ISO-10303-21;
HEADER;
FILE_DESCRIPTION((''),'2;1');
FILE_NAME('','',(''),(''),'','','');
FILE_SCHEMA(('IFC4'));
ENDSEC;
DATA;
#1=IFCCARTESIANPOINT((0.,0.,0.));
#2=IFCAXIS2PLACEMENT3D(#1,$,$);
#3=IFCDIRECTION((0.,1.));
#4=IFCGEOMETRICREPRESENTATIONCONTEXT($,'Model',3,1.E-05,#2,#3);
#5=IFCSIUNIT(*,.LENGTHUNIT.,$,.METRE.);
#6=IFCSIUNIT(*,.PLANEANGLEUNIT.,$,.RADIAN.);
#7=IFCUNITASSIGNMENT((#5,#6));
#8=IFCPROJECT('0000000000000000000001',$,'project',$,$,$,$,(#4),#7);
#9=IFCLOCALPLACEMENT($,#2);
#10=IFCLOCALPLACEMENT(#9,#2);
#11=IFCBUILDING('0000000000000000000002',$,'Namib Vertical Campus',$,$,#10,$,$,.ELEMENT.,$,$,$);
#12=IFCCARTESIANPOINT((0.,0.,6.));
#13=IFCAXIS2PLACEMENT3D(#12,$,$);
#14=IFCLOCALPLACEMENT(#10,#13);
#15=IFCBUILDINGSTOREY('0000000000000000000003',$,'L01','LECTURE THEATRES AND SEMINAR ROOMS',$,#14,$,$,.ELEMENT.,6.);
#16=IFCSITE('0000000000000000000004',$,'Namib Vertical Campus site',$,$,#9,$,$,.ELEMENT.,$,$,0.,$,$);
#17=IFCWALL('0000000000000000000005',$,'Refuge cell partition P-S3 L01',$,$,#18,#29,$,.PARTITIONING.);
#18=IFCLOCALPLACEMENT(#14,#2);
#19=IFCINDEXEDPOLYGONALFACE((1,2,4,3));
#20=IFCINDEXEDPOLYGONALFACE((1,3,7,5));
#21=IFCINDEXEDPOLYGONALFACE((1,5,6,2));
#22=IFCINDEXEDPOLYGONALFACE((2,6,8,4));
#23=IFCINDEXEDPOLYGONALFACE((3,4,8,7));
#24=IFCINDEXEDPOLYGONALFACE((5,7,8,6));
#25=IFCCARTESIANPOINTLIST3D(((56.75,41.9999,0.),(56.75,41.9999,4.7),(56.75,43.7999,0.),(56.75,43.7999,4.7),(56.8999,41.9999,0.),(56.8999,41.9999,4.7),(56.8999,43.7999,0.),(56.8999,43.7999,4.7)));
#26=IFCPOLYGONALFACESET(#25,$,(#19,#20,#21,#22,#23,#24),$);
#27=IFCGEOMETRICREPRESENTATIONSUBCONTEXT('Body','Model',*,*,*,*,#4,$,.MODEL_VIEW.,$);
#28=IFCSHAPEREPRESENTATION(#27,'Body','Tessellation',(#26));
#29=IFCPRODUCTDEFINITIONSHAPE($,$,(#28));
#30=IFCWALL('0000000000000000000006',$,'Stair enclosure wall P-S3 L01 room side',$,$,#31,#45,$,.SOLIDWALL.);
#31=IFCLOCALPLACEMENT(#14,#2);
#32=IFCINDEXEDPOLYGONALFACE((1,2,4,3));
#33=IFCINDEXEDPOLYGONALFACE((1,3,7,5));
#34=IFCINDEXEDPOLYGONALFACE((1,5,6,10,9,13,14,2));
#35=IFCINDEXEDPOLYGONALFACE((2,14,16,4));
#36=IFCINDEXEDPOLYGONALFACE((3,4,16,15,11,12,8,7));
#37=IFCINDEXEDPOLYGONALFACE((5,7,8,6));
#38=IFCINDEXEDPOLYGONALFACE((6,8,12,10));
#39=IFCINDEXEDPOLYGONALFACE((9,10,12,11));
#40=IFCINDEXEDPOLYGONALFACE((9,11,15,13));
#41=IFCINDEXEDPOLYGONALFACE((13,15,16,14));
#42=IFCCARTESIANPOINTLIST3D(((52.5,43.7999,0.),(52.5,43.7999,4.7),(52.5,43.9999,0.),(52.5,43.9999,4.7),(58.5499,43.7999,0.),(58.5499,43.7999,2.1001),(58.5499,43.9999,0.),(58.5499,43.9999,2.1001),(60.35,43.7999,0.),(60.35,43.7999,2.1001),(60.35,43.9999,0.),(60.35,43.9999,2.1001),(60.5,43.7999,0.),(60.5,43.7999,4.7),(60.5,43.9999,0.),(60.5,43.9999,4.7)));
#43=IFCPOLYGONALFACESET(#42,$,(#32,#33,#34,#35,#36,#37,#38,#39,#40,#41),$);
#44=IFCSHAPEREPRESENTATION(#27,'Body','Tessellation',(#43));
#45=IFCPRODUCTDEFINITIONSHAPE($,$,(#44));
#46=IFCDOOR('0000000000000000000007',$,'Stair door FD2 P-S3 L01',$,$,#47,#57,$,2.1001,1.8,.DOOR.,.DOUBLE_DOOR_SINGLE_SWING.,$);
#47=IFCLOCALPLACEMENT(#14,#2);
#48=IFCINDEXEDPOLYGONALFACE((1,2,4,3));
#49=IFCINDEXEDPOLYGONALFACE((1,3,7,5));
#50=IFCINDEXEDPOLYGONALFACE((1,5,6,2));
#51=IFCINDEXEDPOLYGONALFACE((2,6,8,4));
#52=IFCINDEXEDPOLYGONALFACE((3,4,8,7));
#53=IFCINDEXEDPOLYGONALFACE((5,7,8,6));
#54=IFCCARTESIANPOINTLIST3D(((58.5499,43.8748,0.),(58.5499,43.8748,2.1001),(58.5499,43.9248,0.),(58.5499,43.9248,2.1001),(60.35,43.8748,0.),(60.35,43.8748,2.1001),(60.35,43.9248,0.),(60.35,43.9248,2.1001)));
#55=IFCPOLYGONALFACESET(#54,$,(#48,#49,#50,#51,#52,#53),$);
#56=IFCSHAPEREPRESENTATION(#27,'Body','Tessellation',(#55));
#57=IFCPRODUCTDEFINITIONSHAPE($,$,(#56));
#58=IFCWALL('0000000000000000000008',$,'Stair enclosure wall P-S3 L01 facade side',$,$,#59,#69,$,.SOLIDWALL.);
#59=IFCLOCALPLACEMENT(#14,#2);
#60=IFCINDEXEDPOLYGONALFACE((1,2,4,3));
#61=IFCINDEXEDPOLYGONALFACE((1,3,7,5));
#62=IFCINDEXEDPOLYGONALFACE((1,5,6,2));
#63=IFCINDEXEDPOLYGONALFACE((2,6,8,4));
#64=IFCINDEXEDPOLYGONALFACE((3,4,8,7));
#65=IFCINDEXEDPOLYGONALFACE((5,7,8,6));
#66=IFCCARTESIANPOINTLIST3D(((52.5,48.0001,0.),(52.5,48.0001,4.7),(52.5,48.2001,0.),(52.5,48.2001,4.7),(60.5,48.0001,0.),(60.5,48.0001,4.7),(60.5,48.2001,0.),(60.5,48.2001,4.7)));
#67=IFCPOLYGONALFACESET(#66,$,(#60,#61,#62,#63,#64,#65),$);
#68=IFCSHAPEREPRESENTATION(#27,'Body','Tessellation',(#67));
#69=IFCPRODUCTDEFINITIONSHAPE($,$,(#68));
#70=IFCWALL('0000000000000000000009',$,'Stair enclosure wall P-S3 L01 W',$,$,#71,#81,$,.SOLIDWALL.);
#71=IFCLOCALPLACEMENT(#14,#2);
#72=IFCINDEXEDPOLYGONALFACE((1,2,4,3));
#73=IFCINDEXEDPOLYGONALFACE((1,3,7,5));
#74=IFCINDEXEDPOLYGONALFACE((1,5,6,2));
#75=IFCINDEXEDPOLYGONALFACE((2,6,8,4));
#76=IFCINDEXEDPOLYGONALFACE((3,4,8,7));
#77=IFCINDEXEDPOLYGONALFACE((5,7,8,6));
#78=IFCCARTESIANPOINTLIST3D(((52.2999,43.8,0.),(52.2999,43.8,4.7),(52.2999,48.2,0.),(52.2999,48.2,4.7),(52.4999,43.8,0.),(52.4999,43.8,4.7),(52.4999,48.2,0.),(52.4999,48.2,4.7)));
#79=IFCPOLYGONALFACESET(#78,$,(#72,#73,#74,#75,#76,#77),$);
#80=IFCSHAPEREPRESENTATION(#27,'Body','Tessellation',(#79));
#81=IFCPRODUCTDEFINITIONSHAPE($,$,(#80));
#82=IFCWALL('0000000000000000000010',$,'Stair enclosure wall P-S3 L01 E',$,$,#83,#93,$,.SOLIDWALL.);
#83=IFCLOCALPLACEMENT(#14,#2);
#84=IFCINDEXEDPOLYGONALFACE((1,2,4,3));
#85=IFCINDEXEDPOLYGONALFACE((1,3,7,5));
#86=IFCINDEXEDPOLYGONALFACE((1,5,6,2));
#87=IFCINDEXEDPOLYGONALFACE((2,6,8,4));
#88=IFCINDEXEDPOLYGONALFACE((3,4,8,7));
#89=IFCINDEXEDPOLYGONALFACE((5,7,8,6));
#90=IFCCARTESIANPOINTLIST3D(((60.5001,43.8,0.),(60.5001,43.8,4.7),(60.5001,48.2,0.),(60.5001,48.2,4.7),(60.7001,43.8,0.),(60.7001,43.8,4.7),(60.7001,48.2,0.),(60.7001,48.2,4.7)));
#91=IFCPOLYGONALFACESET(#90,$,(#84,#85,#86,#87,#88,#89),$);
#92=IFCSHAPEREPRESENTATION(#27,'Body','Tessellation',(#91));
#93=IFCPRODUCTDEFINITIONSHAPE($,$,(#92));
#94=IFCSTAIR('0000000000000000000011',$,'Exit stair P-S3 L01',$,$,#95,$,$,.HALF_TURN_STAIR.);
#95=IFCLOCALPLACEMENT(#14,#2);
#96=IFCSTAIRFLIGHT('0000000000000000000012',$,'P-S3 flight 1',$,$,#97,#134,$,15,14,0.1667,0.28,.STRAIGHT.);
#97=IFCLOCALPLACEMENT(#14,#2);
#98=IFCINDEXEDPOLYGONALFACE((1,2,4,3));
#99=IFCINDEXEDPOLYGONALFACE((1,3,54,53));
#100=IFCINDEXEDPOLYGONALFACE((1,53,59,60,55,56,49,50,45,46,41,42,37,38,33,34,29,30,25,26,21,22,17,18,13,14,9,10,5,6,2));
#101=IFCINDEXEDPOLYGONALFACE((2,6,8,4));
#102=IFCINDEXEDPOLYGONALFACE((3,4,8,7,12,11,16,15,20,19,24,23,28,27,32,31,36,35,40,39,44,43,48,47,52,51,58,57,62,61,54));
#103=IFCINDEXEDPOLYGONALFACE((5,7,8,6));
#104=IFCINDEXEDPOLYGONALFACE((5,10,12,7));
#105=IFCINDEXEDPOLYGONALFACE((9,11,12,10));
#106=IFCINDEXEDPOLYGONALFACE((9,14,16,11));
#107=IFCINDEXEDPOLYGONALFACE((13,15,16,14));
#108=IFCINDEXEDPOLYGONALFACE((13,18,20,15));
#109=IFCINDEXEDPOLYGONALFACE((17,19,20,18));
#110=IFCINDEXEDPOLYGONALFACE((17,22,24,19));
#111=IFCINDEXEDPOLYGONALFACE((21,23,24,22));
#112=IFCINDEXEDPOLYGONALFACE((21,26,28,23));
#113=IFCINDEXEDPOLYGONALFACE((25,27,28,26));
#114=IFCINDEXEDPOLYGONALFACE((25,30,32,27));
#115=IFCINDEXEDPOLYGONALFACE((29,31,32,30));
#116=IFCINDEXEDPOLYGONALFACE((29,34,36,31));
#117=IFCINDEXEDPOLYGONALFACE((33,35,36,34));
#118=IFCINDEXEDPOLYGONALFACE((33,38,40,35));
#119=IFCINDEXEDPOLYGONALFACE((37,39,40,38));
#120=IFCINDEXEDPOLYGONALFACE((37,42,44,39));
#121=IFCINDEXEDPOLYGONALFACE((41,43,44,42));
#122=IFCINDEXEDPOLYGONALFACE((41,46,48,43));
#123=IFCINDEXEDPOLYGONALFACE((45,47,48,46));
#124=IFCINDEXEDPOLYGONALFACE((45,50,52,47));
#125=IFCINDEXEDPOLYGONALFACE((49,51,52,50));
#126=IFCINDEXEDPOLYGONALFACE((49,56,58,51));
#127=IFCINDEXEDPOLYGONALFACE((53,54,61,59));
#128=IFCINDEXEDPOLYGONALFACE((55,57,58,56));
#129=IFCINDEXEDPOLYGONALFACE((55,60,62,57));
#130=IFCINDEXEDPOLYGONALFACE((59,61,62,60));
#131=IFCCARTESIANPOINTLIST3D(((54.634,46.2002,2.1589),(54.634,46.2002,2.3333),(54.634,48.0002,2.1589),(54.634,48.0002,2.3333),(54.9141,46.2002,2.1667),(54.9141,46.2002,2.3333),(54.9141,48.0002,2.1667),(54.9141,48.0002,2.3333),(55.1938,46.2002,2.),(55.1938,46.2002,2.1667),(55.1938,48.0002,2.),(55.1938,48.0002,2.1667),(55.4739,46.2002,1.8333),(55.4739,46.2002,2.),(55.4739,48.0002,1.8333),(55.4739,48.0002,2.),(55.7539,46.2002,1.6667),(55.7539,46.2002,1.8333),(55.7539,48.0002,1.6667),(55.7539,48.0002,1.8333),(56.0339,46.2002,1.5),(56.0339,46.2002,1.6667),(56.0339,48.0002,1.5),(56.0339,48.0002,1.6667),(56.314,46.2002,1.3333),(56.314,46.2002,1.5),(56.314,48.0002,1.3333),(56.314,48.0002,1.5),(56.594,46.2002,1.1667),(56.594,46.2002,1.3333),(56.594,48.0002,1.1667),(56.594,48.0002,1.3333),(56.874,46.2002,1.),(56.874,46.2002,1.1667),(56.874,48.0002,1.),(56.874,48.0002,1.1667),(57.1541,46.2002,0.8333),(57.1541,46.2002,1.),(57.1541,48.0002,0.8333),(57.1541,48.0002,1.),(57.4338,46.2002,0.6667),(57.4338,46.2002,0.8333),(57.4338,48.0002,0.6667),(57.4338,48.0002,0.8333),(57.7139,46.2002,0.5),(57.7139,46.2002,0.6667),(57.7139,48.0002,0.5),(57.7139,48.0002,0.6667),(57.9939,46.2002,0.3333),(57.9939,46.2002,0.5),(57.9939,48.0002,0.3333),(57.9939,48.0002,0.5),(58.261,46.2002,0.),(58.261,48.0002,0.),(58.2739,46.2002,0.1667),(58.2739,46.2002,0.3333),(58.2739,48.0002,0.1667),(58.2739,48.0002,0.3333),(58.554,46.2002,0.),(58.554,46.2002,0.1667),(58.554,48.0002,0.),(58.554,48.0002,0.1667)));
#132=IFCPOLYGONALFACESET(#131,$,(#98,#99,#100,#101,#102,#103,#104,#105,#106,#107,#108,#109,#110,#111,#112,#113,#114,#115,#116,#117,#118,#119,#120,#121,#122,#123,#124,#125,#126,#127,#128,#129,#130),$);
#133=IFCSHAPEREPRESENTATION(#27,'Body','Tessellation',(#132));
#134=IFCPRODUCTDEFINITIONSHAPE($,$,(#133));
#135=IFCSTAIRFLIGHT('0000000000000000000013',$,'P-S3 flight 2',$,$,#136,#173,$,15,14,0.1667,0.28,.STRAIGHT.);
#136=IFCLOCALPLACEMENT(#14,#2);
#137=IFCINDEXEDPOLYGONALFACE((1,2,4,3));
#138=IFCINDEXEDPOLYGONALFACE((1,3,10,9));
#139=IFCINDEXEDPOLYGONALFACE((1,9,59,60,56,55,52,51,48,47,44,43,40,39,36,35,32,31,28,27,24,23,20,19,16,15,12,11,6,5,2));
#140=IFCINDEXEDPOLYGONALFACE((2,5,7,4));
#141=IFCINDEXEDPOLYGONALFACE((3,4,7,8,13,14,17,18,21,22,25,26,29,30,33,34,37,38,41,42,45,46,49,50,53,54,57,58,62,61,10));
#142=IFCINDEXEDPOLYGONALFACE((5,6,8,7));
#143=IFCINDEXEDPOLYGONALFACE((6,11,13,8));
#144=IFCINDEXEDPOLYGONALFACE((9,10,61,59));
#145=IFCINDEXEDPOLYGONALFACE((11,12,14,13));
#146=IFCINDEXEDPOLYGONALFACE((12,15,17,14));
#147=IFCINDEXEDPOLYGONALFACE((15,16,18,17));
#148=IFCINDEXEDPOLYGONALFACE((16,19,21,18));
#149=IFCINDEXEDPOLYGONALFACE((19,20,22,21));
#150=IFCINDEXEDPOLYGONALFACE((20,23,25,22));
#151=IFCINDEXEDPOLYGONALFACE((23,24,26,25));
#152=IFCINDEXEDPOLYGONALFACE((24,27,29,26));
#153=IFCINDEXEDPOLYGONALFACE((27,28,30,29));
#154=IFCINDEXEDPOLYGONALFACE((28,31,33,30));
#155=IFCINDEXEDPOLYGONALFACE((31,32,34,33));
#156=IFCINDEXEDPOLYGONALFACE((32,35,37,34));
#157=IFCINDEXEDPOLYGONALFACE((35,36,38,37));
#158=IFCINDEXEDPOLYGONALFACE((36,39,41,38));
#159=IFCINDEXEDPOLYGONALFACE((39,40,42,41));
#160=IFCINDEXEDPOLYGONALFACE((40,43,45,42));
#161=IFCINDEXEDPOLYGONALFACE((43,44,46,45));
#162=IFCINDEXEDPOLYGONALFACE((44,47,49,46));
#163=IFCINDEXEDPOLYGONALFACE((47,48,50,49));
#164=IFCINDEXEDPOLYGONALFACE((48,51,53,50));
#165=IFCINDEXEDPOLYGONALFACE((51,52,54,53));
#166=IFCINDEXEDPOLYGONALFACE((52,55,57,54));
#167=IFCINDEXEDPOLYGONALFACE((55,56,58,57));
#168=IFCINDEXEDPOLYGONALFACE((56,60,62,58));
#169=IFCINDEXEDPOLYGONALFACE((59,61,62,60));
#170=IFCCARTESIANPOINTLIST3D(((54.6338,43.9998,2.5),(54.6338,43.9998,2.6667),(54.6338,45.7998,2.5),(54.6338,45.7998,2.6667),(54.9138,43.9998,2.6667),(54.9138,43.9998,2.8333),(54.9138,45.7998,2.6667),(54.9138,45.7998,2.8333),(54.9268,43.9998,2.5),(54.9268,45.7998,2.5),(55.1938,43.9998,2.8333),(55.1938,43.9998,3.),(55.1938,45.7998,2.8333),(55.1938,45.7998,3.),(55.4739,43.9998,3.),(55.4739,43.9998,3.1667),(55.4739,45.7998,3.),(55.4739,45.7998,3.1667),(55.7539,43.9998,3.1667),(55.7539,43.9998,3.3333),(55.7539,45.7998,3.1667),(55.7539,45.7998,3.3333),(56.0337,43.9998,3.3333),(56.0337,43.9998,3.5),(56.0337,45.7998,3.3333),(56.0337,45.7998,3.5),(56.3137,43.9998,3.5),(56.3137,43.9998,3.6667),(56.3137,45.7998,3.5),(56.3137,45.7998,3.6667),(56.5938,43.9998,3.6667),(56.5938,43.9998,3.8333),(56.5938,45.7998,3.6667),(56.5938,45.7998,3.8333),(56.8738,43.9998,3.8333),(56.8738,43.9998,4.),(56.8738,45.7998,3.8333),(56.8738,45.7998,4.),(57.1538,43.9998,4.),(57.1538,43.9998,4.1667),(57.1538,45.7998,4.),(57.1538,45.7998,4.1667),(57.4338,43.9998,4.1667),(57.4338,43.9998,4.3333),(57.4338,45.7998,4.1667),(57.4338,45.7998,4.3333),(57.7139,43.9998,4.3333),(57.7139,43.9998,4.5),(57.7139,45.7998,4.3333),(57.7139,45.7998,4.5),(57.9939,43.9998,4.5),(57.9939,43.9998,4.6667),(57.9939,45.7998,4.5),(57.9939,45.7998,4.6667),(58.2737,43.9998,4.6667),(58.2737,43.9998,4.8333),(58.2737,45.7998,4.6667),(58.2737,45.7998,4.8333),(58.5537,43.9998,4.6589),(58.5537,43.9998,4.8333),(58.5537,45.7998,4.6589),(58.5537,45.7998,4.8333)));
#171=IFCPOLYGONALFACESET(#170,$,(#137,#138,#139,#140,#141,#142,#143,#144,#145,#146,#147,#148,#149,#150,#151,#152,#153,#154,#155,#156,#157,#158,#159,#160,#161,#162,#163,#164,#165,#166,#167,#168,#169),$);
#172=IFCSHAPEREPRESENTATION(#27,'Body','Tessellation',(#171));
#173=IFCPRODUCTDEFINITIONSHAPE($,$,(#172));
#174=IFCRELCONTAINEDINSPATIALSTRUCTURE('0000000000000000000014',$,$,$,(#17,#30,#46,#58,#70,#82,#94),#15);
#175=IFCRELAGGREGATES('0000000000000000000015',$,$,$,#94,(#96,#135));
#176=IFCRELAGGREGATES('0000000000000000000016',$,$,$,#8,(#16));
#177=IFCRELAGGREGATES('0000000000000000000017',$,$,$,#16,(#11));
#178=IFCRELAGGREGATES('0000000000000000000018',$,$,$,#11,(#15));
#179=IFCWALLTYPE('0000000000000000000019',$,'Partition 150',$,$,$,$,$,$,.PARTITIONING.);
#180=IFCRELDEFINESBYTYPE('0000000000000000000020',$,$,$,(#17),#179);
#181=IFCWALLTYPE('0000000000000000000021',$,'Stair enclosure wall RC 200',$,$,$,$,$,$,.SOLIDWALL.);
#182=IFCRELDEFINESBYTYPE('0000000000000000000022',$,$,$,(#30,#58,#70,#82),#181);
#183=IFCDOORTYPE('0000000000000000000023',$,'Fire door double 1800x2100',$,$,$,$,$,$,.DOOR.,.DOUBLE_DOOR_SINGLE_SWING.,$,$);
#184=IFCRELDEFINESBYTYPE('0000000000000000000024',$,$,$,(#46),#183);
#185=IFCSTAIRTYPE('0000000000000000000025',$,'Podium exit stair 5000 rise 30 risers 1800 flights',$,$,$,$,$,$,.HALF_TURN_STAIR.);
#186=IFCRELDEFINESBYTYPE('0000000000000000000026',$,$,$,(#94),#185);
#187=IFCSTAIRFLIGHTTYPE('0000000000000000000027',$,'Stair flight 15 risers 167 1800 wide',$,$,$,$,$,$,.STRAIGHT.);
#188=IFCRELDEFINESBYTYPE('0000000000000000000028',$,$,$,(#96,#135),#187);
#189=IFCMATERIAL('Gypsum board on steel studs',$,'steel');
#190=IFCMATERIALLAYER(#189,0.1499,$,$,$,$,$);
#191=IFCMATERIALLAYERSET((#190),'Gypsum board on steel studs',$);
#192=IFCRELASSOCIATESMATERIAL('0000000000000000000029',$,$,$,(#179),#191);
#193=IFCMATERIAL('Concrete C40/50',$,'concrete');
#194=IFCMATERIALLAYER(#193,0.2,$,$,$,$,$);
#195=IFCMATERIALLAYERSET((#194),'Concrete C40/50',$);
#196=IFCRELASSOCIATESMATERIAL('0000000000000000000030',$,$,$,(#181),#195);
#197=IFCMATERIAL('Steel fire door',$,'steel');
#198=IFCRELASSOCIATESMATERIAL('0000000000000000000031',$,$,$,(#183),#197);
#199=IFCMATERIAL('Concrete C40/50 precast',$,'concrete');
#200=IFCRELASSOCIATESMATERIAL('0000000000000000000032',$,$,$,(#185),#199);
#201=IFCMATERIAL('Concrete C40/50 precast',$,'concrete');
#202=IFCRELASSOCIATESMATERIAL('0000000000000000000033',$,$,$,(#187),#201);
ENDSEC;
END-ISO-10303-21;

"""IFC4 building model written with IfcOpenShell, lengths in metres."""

from ifc_helpers import new_model, si_unit, direction, frame, frame_2d, origin, place, context, subcontext, project, spatial, polyline, rectangle, outline, extrude, material, layer, layer_set, type_object, element, fill, aggregate, save


model = new_model("IFC4")

# Units and contexts
model_context = context("Model", 3, precision=1e-05, world=origin(), true_north=direction((0.0, 1.0)))
body_context = subcontext(model_context, "Body", "Model", "MODEL_VIEW")
ifc_project = project(units=[si_unit("LENGTHUNIT", "METRE"), si_unit("PLANEANGLEUNIT", "RADIAN")], contexts=[model_context])

# Site, building, storey
site_placement = place(None, origin())
site = spatial("IfcSite", under=ifc_project, at=site_placement, Name="Namib Vertical Campus site", CompositionType="ELEMENT", RefElevation=0.0)
building_placement = place(site_placement, origin())
building = spatial("IfcBuilding", under=site, at=building_placement, Name="Namib Vertical Campus", CompositionType="ELEMENT")
storey_placement = place(building_placement, frame((0.0, 0.0, 6.0)))
storey = spatial("IfcBuildingStorey", under=building, at=storey_placement, Name="L01", Description="LECTURE THEATRES AND SEMINAR ROOMS", CompositionType="ELEMENT", Elevation=6.0)

# Shared definitions
ifc_material_1 = material(Name="Gypsum board on steel studs", Category="steel")
ifc_layer_1 = layer(ifc_material_1, 0.1499)
ifc_layer_set_1 = layer_set([ifc_layer_1], Name="Gypsum board on steel studs")
wall_type_1 = type_object("IfcWallType", Name="Partition 150", PredefinedType="PARTITIONING", material=ifc_layer_set_1)

# Wall
wall_1_placement = place(storey_placement, frame((56.825, 42.0, 0.0), z_axis=(0.0, 0.0, 1.0), x_axis=(0.0, 1.0, 0.0)))
element("IfcWall", 1, at=wall_1_placement, inside=storey, type_object=wall_type_1, Name="Refuge cell partition P-S3 L01", PredefinedType="PARTITIONING", context=body_context, shape_type="SweptSolid", body=[
    extrude(rectangle(XDim=1.8, YDim=0.1499, at=frame_2d((0.8999, 0.0))), origin(), (0.0, 0.0, 1.0), 4.7),
])

# Wall, opening, door
ifc_material_2 = material(Name="Concrete C40/50", Category="concrete")
ifc_layer_2 = layer(ifc_material_2, 0.2)
ifc_layer_set_2 = layer_set([ifc_layer_2], Name="Concrete C40/50")
wall_type_2 = type_object("IfcWallType", Name="Stair enclosure wall RC 200", PredefinedType="SOLIDWALL", material=ifc_layer_set_2)
wall_2_placement = place(storey_placement, frame((52.5, 43.8999, 0.0), z_axis=(0.0, 0.0, 1.0), x_axis=(1.0, 0.0, 0.0)))
wall_2 = element("IfcWall", 2, at=wall_2_placement, inside=storey, type_object=wall_type_2, Name="Stair enclosure wall P-S3 L01 room side", PredefinedType="SOLIDWALL", context=body_context, shape_type="SweptSolid", body=[
    extrude(rectangle(XDim=8.0, YDim=0.2, at=frame_2d((4.0, 0.0))), origin(), (0.0, 0.0, 1.0), 4.7),
])
opening_1_placement = place(wall_2_placement, frame((6.05, 0.0, 0.0)))
opening_1 = element("IfcOpeningElement", 3, at=opening_1_placement, cuts=wall_2, PredefinedType="OPENING", context=body_context, shape_type="SweptSolid", body=[
    extrude(rectangle(XDim=1.8, YDim=2.1001, at=frame_2d((0.8999, 1.05))), frame((0.0, 0.1099, 0.0), z_axis=(0.0, -1.0, 0.0), x_axis=(1.0, 0.0, 0.0)), (0.0, 0.0, 1.0), 0.22),
])
ifc_material_3 = material(Name="Steel fire door", Category="steel")
door_type_1 = type_object("IfcDoorType", Name="Fire door double 1800x2100", OperationType="DOUBLE_DOOR_SINGLE_SWING", PredefinedType="DOOR", material=ifc_material_3)
door_1_placement = place(opening_1_placement, origin())
door_1 = element("IfcDoor", 4, at=door_1_placement, inside=storey, type_object=door_type_1, Name="Stair door FD2 P-S3 L01", OperationType="DOUBLE_DOOR_SINGLE_SWING", OverallHeight=2.1001, OverallWidth=1.8, PredefinedType="DOOR", context=body_context, shape_type="SweptSolid", body=[
    extrude(rectangle(XDim=1.8, YDim=2.1001, at=frame_2d((0.8999, 1.05))), frame((0.0, 0.0249, 0.0), z_axis=(0.0, -1.0, 0.0), x_axis=(1.0, 0.0, 0.0)), (0.0, 0.0, 1.0), 0.05),
])
fill(opening_1, door_1)

# Walls
wall_3_placement = place(storey_placement, frame((52.5, 48.1001, 0.0), z_axis=(0.0, 0.0, 1.0), x_axis=(1.0, 0.0, 0.0)))
element("IfcWall", 5, at=wall_3_placement, inside=storey, type_object=wall_type_2, Name="Stair enclosure wall P-S3 L01 facade side", PredefinedType="SOLIDWALL", context=body_context, shape_type="SweptSolid", body=[
    extrude(rectangle(XDim=8.0, YDim=0.2, at=frame_2d((4.0, 0.0))), origin(), (0.0, 0.0, 1.0), 4.7),
])
for number, where, z_axis, x_axis, name in (
    (6, (52.3999, 43.8, 0.0), (0.0, 0.0, 1.0), (0.0, 1.0, 0.0), "Stair enclosure wall P-S3 L01 W"),
    (7, (60.6001, 43.8, 0.0), (0.0, 0.0, 1.0), (0.0, 1.0, 0.0), "Stair enclosure wall P-S3 L01 E"),
):
    element("IfcWall", number, at=place(storey_placement, frame(where, z_axis=z_axis, x_axis=x_axis)), inside=storey, type_object=wall_type_2, Name=name, PredefinedType="SOLIDWALL", context=body_context, shape_type="SweptSolid", body=[
        extrude(rectangle(XDim=4.3999, YDim=0.2, at=frame_2d((2.2, 0.0))), origin(), (0.0, 0.0, 1.0), 4.7),
    ])

# Stair, stair flights
ifc_material_4 = material(Name="Concrete C40/50 precast", Category="concrete")
stair_type = type_object("IfcStairType", Name="Podium exit stair 5000 rise 30 risers 1800 flights", PredefinedType="HALF_TURN_STAIR", material=ifc_material_4)
stair_placement = place(storey_placement, origin())
stair = element("IfcStair", 8, at=stair_placement, inside=storey, type_object=stair_type, Name="Exit stair P-S3 L01", PredefinedType="HALF_TURN_STAIR")
ifc_material_5 = material(Name="Concrete C40/50 precast", Category="concrete")
stair_flight_type = type_object("IfcStairFlightType", Name="Stair flight 15 risers 167 1800 wide", PredefinedType="STRAIGHT", material=ifc_material_5)
stair_flight_1_placement = place(storey_placement, frame((58.554, 47.1001, 0.0), z_axis=(0.0, 0.0, 1.0), x_axis=(-1.0, 0.0, 0.0)))
stair_flight_1 = element("IfcStairFlight", 9, at=stair_flight_1_placement, type_object=stair_flight_type, Name="P-S3 flight 1", NumberOfRisers=15, NumberOfTreads=14, PredefinedType="STRAIGHT", RiserHeight=0.1667, TreadLength=0.28, context=body_context, shape_type="SweptSolid", body=[
    extrude(outline(polyline([(0.0, 0.0), (0.0, 0.1667), (0.28, 0.1667), (0.28, 0.3333), (0.5601, 0.3333), (0.5601, 0.5), (0.8401, 0.5), (0.8401, 0.6667), (1.1201, 0.6667), (1.1201, 0.8333), (1.3999, 0.8333), (1.3999, 1.0), (1.6799, 1.0), (1.6799, 1.1667), (1.96, 1.1667), (1.96, 1.3333), (2.24, 1.3333), (2.24, 1.5), (2.52, 1.5), (2.52, 1.6667), (2.8, 1.6667), (2.8, 1.8333), (3.0801, 1.8333), (3.0801, 2.0), (3.3601, 2.0), (3.3601, 2.1667), (3.6399, 2.1667), (3.6399, 2.3333), (3.9199, 2.3333), (3.9199, 2.5), (3.9199, 2.1589), (0.293, 0.0), (0.0, 0.0)])), frame((0.0, 0.8999, 0.0), z_axis=(0.0, -1.0, 0.0), x_axis=(1.0, 0.0, 0.0)), (0.0, 0.0, 1.0), 1.8),
])
stair_flight_2_placement = place(storey_placement, frame((54.6338, 44.8999, 2.5), z_axis=(0.0, 0.0, 1.0), x_axis=(1.0, 0.0, 0.0)))
stair_flight_2 = element("IfcStairFlight", 10, at=stair_flight_2_placement, type_object=stair_flight_type, Name="P-S3 flight 2", NumberOfRisers=15, NumberOfTreads=14, PredefinedType="STRAIGHT", RiserHeight=0.1667, TreadLength=0.28, context=body_context, shape_type="SweptSolid", body=[
    extrude(outline(polyline([(0.0, 0.0), (0.0, 0.1667), (0.28, 0.1667), (0.28, 0.3333), (0.5601, 0.3333), (0.5601, 0.5), (0.8401, 0.5), (0.8401, 0.6667), (1.1201, 0.6667), (1.1201, 0.8333), (1.3999, 0.8333), (1.3999, 1.0), (1.6799, 1.0), (1.6799, 1.1667), (1.96, 1.1667), (1.96, 1.3333), (2.24, 1.3333), (2.24, 1.5), (2.52, 1.5), (2.52, 1.6667), (2.8, 1.6667), (2.8, 1.8333), (3.0801, 1.8333), (3.0801, 2.0), (3.3601, 2.0), (3.3601, 2.1667), (3.6399, 2.1667), (3.6399, 2.3333), (3.9199, 2.3333), (3.9199, 2.5), (3.9199, 2.1589), (0.293, 0.0), (0.0, 0.0)])), frame((0.0, 0.8999, 0.0), z_axis=(0.0, -1.0, 0.0), x_axis=(1.0, 0.0, 0.0)), (0.0, 0.0, 1.0), 1.8),
])
aggregate(stair, [stair_flight_1, stair_flight_2])

save(model, "model.ifc")
